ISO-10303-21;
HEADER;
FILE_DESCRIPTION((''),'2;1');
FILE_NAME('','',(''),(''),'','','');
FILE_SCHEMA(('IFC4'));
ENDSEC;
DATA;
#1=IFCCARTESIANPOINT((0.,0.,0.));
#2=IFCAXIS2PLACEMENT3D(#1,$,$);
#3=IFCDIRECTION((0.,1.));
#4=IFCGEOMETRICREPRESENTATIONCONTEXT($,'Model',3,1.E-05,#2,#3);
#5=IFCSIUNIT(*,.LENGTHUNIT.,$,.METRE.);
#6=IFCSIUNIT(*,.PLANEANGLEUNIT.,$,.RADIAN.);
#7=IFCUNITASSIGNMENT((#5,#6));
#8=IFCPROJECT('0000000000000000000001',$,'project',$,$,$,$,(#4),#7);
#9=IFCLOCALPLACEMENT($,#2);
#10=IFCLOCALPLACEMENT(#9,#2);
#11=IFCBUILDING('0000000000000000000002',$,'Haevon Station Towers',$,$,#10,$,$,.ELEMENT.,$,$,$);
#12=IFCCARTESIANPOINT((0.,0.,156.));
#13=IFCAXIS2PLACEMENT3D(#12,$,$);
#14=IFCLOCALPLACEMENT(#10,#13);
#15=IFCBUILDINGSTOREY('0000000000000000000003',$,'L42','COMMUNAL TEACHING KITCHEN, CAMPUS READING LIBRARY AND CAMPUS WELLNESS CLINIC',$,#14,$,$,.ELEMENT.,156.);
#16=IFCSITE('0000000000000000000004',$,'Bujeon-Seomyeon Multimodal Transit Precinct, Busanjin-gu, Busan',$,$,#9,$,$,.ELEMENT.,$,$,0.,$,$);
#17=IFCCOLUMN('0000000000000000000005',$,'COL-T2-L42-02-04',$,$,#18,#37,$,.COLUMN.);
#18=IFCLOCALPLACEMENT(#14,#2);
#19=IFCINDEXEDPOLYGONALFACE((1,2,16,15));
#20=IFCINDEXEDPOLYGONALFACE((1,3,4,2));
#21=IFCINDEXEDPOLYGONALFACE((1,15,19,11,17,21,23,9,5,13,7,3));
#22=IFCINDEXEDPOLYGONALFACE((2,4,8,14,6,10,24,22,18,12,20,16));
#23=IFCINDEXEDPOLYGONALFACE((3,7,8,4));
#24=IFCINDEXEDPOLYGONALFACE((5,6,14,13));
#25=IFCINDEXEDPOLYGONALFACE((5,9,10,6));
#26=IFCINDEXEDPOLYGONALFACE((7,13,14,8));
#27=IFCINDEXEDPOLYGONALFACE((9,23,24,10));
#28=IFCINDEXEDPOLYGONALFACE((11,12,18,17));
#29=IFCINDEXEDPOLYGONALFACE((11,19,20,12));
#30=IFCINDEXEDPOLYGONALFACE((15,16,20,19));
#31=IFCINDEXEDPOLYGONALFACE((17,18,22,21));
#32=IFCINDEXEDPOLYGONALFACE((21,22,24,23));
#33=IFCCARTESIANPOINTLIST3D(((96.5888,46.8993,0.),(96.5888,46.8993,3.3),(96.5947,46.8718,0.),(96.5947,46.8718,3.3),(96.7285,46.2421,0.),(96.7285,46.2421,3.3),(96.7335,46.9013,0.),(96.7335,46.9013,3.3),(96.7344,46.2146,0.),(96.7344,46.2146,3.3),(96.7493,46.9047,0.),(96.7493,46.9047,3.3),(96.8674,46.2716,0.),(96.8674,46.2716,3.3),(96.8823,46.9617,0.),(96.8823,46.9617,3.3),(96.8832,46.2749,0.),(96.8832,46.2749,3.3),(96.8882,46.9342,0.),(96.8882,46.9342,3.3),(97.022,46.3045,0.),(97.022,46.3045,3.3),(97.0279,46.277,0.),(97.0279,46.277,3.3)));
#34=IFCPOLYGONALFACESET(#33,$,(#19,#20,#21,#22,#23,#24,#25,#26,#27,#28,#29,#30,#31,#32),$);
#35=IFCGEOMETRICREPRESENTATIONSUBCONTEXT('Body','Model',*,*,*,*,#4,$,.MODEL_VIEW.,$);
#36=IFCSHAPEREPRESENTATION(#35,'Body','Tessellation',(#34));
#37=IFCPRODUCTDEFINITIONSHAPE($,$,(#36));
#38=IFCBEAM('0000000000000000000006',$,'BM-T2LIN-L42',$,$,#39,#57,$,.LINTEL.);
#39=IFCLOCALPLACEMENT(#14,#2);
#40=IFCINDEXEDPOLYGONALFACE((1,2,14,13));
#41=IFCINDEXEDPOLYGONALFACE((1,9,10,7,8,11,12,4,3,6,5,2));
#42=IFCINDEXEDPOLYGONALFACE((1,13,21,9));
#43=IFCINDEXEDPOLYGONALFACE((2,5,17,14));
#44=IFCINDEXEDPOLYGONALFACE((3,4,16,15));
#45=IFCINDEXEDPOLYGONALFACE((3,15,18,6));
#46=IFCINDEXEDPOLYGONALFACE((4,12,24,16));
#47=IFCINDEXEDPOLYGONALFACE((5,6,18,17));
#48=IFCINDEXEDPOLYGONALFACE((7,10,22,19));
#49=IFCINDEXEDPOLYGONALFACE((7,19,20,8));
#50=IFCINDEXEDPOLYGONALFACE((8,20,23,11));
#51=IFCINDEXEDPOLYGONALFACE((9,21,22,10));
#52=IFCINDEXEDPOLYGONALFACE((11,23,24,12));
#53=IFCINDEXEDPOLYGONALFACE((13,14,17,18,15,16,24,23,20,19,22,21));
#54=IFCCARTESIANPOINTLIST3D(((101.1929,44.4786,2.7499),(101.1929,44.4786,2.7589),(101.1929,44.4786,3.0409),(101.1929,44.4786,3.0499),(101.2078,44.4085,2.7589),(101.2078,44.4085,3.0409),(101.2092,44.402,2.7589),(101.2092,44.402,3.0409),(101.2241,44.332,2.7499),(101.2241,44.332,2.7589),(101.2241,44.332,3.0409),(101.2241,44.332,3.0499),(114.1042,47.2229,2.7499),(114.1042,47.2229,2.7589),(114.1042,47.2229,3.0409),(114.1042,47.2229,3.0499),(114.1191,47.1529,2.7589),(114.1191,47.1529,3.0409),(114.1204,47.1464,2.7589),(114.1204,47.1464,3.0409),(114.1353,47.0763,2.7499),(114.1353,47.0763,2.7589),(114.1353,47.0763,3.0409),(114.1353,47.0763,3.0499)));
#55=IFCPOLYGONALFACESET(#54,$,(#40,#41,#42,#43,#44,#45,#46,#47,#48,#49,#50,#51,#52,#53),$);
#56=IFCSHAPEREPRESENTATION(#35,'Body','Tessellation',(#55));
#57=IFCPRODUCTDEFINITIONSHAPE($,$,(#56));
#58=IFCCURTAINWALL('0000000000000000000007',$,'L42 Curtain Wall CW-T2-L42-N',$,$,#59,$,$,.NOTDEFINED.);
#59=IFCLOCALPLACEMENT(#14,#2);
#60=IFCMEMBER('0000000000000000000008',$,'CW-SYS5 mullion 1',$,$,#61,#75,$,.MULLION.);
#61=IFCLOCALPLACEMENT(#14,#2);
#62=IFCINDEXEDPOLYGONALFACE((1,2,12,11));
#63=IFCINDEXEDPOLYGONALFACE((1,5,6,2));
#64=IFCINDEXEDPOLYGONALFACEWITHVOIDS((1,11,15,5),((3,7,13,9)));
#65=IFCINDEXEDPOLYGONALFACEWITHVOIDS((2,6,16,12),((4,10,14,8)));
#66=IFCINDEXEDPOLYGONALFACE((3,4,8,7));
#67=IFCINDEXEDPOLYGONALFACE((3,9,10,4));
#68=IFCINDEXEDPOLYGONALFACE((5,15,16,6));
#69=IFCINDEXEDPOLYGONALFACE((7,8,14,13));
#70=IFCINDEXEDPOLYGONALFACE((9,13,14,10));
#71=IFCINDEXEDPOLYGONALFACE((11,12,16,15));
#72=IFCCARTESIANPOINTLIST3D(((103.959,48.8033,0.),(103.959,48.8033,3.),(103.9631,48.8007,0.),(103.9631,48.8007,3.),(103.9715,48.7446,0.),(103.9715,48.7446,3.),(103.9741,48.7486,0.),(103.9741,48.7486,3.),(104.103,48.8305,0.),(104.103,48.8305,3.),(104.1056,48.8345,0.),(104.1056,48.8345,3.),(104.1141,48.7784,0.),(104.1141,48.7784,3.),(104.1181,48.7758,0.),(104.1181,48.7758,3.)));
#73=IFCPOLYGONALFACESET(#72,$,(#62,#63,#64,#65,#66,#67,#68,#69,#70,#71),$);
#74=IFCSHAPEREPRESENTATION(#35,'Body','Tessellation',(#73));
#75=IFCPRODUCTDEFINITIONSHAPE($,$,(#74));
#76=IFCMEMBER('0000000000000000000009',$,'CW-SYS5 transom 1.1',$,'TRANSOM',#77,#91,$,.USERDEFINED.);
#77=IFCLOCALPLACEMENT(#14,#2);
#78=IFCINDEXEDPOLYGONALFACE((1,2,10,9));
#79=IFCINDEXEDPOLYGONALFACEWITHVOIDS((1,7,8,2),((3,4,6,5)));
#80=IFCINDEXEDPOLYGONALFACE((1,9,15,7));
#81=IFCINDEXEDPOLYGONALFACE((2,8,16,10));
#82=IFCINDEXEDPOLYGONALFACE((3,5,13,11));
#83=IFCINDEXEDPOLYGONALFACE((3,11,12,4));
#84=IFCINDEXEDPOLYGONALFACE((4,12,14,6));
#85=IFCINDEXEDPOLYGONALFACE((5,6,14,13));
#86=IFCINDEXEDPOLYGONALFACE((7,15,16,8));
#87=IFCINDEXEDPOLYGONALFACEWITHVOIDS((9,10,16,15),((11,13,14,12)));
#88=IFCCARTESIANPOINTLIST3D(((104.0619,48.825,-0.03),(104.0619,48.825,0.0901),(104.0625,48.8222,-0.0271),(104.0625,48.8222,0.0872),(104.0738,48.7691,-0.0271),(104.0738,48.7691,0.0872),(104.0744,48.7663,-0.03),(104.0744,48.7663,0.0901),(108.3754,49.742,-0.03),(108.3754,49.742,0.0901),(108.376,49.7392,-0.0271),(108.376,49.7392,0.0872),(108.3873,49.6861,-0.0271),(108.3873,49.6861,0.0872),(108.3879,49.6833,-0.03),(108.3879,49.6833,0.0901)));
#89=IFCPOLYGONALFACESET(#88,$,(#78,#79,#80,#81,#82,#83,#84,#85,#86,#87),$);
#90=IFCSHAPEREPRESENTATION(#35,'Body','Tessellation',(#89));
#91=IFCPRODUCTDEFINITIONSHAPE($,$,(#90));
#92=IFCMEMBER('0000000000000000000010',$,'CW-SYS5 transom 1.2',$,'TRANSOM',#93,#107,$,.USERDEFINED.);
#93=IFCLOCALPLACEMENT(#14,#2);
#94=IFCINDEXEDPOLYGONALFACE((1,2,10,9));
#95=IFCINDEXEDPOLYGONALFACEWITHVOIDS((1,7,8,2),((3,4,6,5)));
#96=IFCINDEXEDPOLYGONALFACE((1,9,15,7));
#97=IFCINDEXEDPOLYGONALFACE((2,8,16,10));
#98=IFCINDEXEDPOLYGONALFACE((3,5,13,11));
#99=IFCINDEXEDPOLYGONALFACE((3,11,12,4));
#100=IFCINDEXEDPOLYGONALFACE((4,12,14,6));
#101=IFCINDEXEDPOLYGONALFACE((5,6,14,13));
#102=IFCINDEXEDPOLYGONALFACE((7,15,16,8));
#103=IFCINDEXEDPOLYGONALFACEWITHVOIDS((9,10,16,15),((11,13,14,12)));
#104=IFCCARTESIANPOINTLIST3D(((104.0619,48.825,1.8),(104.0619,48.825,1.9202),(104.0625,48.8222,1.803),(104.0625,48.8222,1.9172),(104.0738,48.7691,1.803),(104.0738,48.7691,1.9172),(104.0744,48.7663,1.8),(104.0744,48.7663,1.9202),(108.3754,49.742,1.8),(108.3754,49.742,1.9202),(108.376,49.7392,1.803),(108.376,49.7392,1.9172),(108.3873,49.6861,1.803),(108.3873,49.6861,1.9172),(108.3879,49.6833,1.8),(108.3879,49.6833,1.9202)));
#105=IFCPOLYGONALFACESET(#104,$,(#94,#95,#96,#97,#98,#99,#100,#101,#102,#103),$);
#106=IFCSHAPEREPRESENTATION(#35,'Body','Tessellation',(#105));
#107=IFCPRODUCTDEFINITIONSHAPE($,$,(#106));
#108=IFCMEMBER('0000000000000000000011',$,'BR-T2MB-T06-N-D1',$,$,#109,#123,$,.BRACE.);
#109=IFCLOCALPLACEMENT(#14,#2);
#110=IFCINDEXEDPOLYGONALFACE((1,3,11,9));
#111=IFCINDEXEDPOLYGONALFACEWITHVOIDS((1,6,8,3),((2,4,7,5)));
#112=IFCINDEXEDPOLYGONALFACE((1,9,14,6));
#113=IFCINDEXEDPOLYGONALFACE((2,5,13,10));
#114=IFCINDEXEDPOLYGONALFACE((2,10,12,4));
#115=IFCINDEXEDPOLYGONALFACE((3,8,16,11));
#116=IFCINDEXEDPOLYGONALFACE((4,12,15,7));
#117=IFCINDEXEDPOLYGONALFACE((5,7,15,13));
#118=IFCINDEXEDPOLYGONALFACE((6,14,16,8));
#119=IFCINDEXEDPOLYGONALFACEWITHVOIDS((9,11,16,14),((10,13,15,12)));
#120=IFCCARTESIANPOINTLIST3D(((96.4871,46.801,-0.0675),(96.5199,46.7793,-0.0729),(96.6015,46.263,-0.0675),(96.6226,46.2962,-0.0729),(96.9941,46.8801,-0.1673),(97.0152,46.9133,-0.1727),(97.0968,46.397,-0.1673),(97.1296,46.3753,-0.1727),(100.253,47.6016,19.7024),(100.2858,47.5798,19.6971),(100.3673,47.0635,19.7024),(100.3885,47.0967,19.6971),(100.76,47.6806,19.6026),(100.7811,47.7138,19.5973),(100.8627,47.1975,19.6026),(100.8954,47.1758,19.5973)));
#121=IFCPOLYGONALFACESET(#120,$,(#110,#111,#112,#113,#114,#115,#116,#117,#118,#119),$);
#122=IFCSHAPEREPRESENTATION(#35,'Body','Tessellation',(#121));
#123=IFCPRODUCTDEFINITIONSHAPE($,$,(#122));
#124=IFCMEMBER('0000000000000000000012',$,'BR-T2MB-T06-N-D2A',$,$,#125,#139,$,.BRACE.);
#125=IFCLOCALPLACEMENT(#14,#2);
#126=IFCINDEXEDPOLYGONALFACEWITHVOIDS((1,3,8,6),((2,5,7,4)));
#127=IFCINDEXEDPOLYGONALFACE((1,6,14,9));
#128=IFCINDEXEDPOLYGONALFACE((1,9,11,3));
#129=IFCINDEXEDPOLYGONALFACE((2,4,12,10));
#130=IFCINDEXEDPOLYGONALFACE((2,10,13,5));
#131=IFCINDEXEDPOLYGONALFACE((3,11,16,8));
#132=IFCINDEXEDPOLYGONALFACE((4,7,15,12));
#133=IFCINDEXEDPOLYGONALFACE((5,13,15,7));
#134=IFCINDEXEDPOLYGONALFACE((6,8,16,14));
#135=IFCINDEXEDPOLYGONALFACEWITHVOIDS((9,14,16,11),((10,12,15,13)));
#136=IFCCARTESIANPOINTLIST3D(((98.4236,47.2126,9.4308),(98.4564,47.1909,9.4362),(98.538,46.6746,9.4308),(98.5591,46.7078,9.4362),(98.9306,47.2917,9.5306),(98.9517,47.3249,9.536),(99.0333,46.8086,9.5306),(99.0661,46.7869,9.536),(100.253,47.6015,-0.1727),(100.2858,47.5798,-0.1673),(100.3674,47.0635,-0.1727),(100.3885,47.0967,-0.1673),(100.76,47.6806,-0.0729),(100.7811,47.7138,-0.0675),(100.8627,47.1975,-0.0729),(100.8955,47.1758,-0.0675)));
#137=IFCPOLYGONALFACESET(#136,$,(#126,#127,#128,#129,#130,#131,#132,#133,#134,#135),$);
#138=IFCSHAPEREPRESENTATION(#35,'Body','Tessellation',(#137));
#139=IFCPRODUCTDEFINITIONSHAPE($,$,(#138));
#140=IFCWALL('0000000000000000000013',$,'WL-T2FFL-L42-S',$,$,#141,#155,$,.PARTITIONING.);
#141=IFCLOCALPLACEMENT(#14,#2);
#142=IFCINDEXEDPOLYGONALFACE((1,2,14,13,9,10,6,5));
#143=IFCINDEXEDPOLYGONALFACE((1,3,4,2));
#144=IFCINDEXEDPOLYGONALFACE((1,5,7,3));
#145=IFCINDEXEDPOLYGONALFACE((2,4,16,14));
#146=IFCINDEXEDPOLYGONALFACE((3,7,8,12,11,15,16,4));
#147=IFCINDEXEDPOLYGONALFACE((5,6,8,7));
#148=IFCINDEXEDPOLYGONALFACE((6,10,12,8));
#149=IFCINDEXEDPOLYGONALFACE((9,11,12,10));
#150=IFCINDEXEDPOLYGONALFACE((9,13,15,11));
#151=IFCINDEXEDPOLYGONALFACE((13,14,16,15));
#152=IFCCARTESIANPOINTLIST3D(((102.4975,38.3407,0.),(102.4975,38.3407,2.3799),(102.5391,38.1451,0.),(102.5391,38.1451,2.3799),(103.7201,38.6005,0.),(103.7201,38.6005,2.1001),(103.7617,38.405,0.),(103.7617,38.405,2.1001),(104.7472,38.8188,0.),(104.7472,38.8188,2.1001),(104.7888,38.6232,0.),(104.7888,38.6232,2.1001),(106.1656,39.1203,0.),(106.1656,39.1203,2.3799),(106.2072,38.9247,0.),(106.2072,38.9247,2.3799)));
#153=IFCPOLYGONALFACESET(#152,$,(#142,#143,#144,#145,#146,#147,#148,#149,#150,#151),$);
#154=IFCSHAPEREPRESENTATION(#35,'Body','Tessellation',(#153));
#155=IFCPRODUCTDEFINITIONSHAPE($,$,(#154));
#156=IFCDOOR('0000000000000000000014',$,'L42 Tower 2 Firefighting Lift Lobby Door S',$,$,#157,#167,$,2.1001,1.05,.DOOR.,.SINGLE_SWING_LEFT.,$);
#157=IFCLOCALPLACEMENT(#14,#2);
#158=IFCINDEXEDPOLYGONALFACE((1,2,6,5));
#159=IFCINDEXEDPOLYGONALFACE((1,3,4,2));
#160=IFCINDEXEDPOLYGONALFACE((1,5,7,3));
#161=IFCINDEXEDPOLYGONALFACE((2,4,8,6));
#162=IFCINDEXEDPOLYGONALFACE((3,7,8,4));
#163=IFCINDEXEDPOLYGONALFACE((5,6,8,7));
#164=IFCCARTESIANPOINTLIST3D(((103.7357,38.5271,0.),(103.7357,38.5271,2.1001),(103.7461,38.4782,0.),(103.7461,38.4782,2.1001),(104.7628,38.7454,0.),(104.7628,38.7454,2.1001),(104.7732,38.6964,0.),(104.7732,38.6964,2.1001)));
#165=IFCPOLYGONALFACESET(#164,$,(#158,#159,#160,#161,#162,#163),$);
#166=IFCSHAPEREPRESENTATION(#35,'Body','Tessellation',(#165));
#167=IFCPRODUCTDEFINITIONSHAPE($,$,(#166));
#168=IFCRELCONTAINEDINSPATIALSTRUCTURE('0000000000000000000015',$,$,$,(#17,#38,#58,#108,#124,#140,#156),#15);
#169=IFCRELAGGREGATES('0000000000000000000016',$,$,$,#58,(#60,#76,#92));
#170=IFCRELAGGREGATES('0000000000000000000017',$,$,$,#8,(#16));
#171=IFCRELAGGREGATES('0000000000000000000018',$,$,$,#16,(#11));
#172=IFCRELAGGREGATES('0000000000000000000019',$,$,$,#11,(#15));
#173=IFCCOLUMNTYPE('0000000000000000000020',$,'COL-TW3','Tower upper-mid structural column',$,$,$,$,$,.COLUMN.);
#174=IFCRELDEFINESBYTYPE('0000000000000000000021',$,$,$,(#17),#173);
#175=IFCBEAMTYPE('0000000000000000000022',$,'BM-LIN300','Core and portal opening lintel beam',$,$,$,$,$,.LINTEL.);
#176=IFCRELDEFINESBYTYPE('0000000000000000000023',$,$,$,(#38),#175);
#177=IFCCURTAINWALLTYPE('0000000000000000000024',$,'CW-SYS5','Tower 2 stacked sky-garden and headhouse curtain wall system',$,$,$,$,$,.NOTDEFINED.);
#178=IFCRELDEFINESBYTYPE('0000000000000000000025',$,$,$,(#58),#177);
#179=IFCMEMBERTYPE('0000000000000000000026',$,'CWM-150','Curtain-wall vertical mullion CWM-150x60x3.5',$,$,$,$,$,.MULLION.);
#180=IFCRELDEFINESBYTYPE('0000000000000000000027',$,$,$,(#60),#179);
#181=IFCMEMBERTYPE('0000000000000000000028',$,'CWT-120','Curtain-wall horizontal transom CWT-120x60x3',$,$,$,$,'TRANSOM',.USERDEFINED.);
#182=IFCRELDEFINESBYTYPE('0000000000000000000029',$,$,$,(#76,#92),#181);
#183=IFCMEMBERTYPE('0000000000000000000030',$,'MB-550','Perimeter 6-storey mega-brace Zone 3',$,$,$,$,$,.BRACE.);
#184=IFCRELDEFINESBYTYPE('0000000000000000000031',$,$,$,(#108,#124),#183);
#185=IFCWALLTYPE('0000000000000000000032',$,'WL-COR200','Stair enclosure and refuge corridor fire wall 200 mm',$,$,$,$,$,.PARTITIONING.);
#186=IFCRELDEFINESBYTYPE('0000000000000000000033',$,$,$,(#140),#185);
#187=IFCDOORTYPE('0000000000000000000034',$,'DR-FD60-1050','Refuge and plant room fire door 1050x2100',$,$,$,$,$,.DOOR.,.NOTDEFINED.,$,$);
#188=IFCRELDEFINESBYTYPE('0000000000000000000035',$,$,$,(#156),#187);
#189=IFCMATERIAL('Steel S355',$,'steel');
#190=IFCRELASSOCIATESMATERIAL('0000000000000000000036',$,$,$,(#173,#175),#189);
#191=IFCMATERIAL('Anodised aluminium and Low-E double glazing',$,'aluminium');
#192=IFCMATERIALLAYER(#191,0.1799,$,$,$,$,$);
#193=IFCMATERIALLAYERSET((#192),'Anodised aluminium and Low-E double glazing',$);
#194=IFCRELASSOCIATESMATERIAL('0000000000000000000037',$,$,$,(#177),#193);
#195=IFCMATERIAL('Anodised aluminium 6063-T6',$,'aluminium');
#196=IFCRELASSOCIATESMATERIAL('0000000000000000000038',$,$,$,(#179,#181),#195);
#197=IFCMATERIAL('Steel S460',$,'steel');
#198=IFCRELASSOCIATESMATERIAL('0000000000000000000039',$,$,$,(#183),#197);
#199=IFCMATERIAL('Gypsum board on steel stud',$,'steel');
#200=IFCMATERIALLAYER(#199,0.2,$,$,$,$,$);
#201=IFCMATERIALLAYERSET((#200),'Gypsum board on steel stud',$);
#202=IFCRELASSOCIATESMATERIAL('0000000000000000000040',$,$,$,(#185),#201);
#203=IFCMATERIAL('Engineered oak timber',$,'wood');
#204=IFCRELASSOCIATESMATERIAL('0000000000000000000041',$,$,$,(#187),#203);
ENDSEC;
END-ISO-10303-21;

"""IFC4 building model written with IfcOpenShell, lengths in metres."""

from ifc_helpers import new_model, si_unit, direction, frame, frame_2d, origin, origin_2d, place, context, subcontext, project, spatial, rectangle, hollow_rectangle, i_section, extrude, material, layer, layer_set, material_profile, profile_set, type_object, element, fill, aggregate, save


model = new_model("IFC4")

# Units and contexts
model_context = context("Model", 3, precision=1e-05, world=origin(), true_north=direction((0.0, 1.0)))
body_context = subcontext(model_context, "Body", "Model", "MODEL_VIEW")
ifc_project = project(units=[si_unit("LENGTHUNIT", "METRE"), si_unit("PLANEANGLEUNIT", "RADIAN")], contexts=[model_context])

# Site, building, storey
site_placement = place(None, origin())
site = spatial("IfcSite", under=ifc_project, at=site_placement, Name="Bujeon-Seomyeon Multimodal Transit Precinct, Busanjin-gu, Busan", CompositionType="ELEMENT", RefElevation=0.0)
building_placement = place(site_placement, origin())
building = spatial("IfcBuilding", under=site, at=building_placement, Name="Haevon Station Towers", CompositionType="ELEMENT")
storey_placement = place(building_placement, frame((0.0, 0.0, 156.0)))
storey = spatial("IfcBuildingStorey", under=building, at=storey_placement, Name="L42", Description="COMMUNAL TEACHING KITCHEN, CAMPUS READING LIBRARY AND CAMPUS WELLNESS CLINIC", CompositionType="ELEMENT", Elevation=156.0)

# Column
ifc_material_1 = material(Name="Steel S355", Category="steel")
ifc_material_profile_1 = material_profile(ifc_material_1, i_section(OverallWidth=0.3, OverallDepth=0.7, WebThickness=0.0161, FlangeThickness=0.0281, at=origin_2d()), Name="H-700x300x16x28")
ifc_profile_set_1 = profile_set([ifc_material_profile_1], Name="Steel S355")
column_type = type_object("IfcColumnType", Name="COL-TW3", Description="Tower upper-mid structural column", PredefinedType="COLUMN", material=ifc_profile_set_1)
column_placement = place(storey_placement, frame((96.8083, 46.5881, 0.0), z_axis=(0.0, 0.0, 1.0), x_axis=(0.978148, 0.207912, 0.0)))
element("IfcColumn", 1, at=column_placement, inside=storey, type_object=column_type, Name="COL-T2-L42-02-04", PredefinedType="COLUMN", context=body_context, shape_type="SweptSolid", body=[
    extrude(i_section(OverallWidth=0.3, OverallDepth=0.7, WebThickness=0.0161, FlangeThickness=0.0281, at=origin_2d()), origin(), (0.0, 0.0, 1.0), 3.3),
])

# Beam
ifc_material_profile_2 = material_profile(ifc_material_1, i_section(OverallWidth=0.1499, OverallDepth=0.3, WebThickness=0.0066, FlangeThickness=0.009, at=origin_2d()), Name="H-300x150x6.5x9")
ifc_profile_set_2 = profile_set([ifc_material_profile_2], Name="Steel S355")
beam_type = type_object("IfcBeamType", Name="BM-LIN300", Description="Core and portal opening lintel beam", PredefinedType="LINTEL", material=ifc_profile_set_2)
beam_placement = place(storey_placement, frame((101.2085, 44.4053, 2.8999), z_axis=(0.978148, 0.207911, 0.0), x_axis=(-0.207911, 0.978148, 0.0)))
element("IfcBeam", 2, at=beam_placement, inside=storey, type_object=beam_type, Name="BM-T2LIN-L42", PredefinedType="LINTEL", context=body_context, shape_type="SweptSolid", body=[
    extrude(i_section(OverallWidth=0.1499, OverallDepth=0.3, WebThickness=0.0066, FlangeThickness=0.009, at=origin_2d()), origin(), (0.0, 0.0, 1.0), 13.1997),
])

# Curtain wall, members
ifc_material_2 = material(Name="Anodised aluminium and Low-E double glazing", Category="aluminium")
ifc_layer_1 = layer(ifc_material_2, 0.1799)
ifc_layer_set_1 = layer_set([ifc_layer_1], Name="Anodised aluminium and Low-E double glazing")
curtain_wall_type = type_object("IfcCurtainWallType", Name="CW-SYS5", Description="Tower 2 stacked sky-garden and headhouse curtain wall system", PredefinedType="NOTDEFINED", material=ifc_layer_set_1)
curtain_wall_placement = place(storey_placement, origin())
curtain_wall = element("IfcCurtainWall", 3, at=curtain_wall_placement, inside=storey, type_object=curtain_wall_type, Name="L42 Curtain Wall CW-T2-L42-N", PredefinedType="NOTDEFINED")
ifc_material_3 = material(Name="Anodised aluminium 6063-T6", Category="aluminium")
ifc_material_profile_3 = material_profile(ifc_material_3, hollow_rectangle(XDim=0.0601, YDim=0.1499, WallThickness=0.0034, at=origin_2d()), Name="CWM-150x60x3.5")
ifc_profile_set_3 = profile_set([ifc_material_profile_3], Name="Anodised aluminium 6063-T6")
member_type_1 = type_object("IfcMemberType", Name="CWM-150", Description="Curtain-wall vertical mullion CWM-150x60x3.5", PredefinedType="MULLION", material=ifc_profile_set_3)
member_1_placement = place(storey_placement, frame((104.0386, 48.7896, 0.0), z_axis=(0.0, 0.0, 1.0), x_axis=(-0.207912, 0.978148, 0.0)))
member_1 = element("IfcMember", 4, at=member_1_placement, type_object=member_type_1, Name="CW-SYS5 mullion 1", PredefinedType="MULLION", context=body_context, shape_type="SweptSolid", body=[
    extrude(hollow_rectangle(XDim=0.0601, YDim=0.1499, WallThickness=0.0034, at=origin_2d()), origin(), (0.0, 0.0, 1.0), 3.0),
])
ifc_material_profile_4 = material_profile(ifc_material_3, hollow_rectangle(XDim=0.0601, YDim=0.1201, WallThickness=0.0029, at=origin_2d()), Name="CWT-120x60x3")
ifc_profile_set_4 = profile_set([ifc_material_profile_4], Name="Anodised aluminium 6063-T6")
member_type_2 = type_object("IfcMemberType", Name="CWT-120", Description="Curtain-wall horizontal transom CWT-120x60x3", ElementType="TRANSOM", PredefinedType="USERDEFINED", material=ifc_profile_set_4)
member_2_placement = place(storey_placement, frame((104.0681, 48.7957, 0.03), z_axis=(0.978141, 0.207941, 0.0), x_axis=(-0.207941, 0.978141, 0.0)))
member_2 = element("IfcMember", 5, at=member_2_placement, type_object=member_type_2, Name="CW-SYS5 transom 1.1", ObjectType="TRANSOM", PredefinedType="USERDEFINED", context=body_context, shape_type="SweptSolid", body=[
    extrude(hollow_rectangle(XDim=0.0601, YDim=0.1201, WallThickness=0.0029, at=origin_2d()), origin(), (0.0, 0.0, 1.0), 4.4099),
])
member_3_placement = place(storey_placement, frame((104.0681, 48.7957, 1.8601), z_axis=(0.978141, 0.207941, 0.0), x_axis=(-0.207941, 0.978141, 0.0)))
member_3 = element("IfcMember", 6, at=member_3_placement, type_object=member_type_2, Name="CW-SYS5 transom 1.2", ObjectType="TRANSOM", PredefinedType="USERDEFINED", context=body_context, shape_type="SweptSolid", body=[
    extrude(hollow_rectangle(XDim=0.0601, YDim=0.1201, WallThickness=0.0029, at=origin_2d()), origin(), (0.0, 0.0, 1.0), 4.4099),
])
aggregate(curtain_wall, [member_1, member_2, member_3])

# Members
ifc_material_4 = material(Name="Steel S460", Category="steel")
ifc_material_profile_5 = material_profile(ifc_material_4, hollow_rectangle(XDim=0.55, YDim=0.55, WallThickness=0.0281, at=origin_2d()), Name="RHS-550x550x28")
ifc_profile_set_5 = profile_set([ifc_material_profile_5], Name="Steel S460")
member_type_3 = type_object("IfcMemberType", Name="MB-550", Description="Perimeter 6-storey mega-brace Zone 3", PredefinedType="BRACE", material=ifc_profile_set_5)
member_4_placement = place(storey_placement, frame((96.8083, 46.5881, -0.1201), z_axis=(0.186971, 0.039746, 0.981561), x_axis=(-0.207931, 0.978144, 0.0)))
element("IfcMember", 7, at=member_4_placement, inside=storey, type_object=member_type_3, Name="BR-T2MB-T06-N-D1", PredefinedType="BRACE", context=body_context, shape_type="SweptSolid", body=[
    extrude(hollow_rectangle(XDim=0.55, YDim=0.55, WallThickness=0.0281, at=origin_2d()), origin(), (0.0, 0.0, 1.0), 20.1414),
])
member_5_placement = place(storey_placement, frame((100.5742, 47.3887, -0.1201), z_axis=(-0.186975, -0.03975, 0.98156), x_axis=(0.207951, -0.978139, 0.0)))
element("IfcMember", 8, at=member_5_placement, inside=storey, type_object=member_type_3, Name="BR-T2MB-T06-N-D2A", PredefinedType="BRACE", context=body_context, shape_type="SweptSolid", body=[
    extrude(hollow_rectangle(XDim=0.55, YDim=0.55, WallThickness=0.0281, at=origin_2d()), origin(), (0.0, 0.0, 1.0), 9.7839),
])

# Wall, opening, door
ifc_material_5 = material(Name="Gypsum board on steel stud", Category="steel")
ifc_layer_2 = layer(ifc_material_5, 0.2)
ifc_layer_set_2 = layer_set([ifc_layer_2], Name="Gypsum board on steel stud")
wall_type_1 = type_object("IfcWallType", Name="WL-COR200", Description="Stair enclosure and refuge corridor fire wall 200 mm", PredefinedType="PARTITIONING", material=ifc_layer_set_2)
wall_1_placement = place(storey_placement, frame((102.5183, 38.2429, 0.0), z_axis=(0.0, 0.0, 1.0), x_axis=(0.978154, 0.207884, 0.0)))
wall_1 = element("IfcWall", 9, at=wall_1_placement, inside=storey, type_object=wall_type_1, Name="WL-T2FFL-L42-S", PredefinedType="PARTITIONING", context=body_context, shape_type="SweptSolid", body=[
    extrude(rectangle(XDim=3.75, YDim=0.2, at=frame_2d((1.875, 0.0))), origin(), (0.0, 0.0, 1.0), 2.3799),
])
opening_1_placement = place(wall_1_placement, frame((1.25, 0.0, 0.0)))
opening_1 = element("IfcOpeningElement", 10, at=opening_1_placement, cuts=wall_1, PredefinedType="OPENING", context=body_context, shape_type="SweptSolid", body=[
    extrude(rectangle(XDim=1.05, YDim=2.1001, at=frame_2d((0.5249, 1.05))), frame((0.0, 0.1099, 0.0), z_axis=(0.0, -1.0, 0.0), x_axis=(1.0, 0.0, 0.0)), (0.0, 0.0, 1.0), 0.22),
])
ifc_material_6 = material(Name="Engineered oak timber", Category="wood")
door_type_1 = type_object("IfcDoorType", Name="DR-FD60-1050", Description="Refuge and plant room fire door 1050x2100", OperationType="NOTDEFINED", PredefinedType="DOOR", material=ifc_material_6)
door_1_placement = place(opening_1_placement, origin())
door_1 = element("IfcDoor", 11, at=door_1_placement, inside=storey, type_object=door_type_1, Name="L42 Tower 2 Firefighting Lift Lobby Door S", OperationType="SINGLE_SWING_LEFT", OverallHeight=2.1001, OverallWidth=1.05, PredefinedType="DOOR", context=body_context, shape_type="SweptSolid", body=[
    extrude(rectangle(XDim=1.05, YDim=2.1001, at=frame_2d((0.5249, 1.05))), frame((0.0, 0.0249, 0.0), z_axis=(0.0, -1.0, 0.0), x_axis=(1.0, 0.0, 0.0)), (0.0, 0.0, 1.0), 0.05),
])
fill(opening_1, door_1)

save(model, "model.ifc")
